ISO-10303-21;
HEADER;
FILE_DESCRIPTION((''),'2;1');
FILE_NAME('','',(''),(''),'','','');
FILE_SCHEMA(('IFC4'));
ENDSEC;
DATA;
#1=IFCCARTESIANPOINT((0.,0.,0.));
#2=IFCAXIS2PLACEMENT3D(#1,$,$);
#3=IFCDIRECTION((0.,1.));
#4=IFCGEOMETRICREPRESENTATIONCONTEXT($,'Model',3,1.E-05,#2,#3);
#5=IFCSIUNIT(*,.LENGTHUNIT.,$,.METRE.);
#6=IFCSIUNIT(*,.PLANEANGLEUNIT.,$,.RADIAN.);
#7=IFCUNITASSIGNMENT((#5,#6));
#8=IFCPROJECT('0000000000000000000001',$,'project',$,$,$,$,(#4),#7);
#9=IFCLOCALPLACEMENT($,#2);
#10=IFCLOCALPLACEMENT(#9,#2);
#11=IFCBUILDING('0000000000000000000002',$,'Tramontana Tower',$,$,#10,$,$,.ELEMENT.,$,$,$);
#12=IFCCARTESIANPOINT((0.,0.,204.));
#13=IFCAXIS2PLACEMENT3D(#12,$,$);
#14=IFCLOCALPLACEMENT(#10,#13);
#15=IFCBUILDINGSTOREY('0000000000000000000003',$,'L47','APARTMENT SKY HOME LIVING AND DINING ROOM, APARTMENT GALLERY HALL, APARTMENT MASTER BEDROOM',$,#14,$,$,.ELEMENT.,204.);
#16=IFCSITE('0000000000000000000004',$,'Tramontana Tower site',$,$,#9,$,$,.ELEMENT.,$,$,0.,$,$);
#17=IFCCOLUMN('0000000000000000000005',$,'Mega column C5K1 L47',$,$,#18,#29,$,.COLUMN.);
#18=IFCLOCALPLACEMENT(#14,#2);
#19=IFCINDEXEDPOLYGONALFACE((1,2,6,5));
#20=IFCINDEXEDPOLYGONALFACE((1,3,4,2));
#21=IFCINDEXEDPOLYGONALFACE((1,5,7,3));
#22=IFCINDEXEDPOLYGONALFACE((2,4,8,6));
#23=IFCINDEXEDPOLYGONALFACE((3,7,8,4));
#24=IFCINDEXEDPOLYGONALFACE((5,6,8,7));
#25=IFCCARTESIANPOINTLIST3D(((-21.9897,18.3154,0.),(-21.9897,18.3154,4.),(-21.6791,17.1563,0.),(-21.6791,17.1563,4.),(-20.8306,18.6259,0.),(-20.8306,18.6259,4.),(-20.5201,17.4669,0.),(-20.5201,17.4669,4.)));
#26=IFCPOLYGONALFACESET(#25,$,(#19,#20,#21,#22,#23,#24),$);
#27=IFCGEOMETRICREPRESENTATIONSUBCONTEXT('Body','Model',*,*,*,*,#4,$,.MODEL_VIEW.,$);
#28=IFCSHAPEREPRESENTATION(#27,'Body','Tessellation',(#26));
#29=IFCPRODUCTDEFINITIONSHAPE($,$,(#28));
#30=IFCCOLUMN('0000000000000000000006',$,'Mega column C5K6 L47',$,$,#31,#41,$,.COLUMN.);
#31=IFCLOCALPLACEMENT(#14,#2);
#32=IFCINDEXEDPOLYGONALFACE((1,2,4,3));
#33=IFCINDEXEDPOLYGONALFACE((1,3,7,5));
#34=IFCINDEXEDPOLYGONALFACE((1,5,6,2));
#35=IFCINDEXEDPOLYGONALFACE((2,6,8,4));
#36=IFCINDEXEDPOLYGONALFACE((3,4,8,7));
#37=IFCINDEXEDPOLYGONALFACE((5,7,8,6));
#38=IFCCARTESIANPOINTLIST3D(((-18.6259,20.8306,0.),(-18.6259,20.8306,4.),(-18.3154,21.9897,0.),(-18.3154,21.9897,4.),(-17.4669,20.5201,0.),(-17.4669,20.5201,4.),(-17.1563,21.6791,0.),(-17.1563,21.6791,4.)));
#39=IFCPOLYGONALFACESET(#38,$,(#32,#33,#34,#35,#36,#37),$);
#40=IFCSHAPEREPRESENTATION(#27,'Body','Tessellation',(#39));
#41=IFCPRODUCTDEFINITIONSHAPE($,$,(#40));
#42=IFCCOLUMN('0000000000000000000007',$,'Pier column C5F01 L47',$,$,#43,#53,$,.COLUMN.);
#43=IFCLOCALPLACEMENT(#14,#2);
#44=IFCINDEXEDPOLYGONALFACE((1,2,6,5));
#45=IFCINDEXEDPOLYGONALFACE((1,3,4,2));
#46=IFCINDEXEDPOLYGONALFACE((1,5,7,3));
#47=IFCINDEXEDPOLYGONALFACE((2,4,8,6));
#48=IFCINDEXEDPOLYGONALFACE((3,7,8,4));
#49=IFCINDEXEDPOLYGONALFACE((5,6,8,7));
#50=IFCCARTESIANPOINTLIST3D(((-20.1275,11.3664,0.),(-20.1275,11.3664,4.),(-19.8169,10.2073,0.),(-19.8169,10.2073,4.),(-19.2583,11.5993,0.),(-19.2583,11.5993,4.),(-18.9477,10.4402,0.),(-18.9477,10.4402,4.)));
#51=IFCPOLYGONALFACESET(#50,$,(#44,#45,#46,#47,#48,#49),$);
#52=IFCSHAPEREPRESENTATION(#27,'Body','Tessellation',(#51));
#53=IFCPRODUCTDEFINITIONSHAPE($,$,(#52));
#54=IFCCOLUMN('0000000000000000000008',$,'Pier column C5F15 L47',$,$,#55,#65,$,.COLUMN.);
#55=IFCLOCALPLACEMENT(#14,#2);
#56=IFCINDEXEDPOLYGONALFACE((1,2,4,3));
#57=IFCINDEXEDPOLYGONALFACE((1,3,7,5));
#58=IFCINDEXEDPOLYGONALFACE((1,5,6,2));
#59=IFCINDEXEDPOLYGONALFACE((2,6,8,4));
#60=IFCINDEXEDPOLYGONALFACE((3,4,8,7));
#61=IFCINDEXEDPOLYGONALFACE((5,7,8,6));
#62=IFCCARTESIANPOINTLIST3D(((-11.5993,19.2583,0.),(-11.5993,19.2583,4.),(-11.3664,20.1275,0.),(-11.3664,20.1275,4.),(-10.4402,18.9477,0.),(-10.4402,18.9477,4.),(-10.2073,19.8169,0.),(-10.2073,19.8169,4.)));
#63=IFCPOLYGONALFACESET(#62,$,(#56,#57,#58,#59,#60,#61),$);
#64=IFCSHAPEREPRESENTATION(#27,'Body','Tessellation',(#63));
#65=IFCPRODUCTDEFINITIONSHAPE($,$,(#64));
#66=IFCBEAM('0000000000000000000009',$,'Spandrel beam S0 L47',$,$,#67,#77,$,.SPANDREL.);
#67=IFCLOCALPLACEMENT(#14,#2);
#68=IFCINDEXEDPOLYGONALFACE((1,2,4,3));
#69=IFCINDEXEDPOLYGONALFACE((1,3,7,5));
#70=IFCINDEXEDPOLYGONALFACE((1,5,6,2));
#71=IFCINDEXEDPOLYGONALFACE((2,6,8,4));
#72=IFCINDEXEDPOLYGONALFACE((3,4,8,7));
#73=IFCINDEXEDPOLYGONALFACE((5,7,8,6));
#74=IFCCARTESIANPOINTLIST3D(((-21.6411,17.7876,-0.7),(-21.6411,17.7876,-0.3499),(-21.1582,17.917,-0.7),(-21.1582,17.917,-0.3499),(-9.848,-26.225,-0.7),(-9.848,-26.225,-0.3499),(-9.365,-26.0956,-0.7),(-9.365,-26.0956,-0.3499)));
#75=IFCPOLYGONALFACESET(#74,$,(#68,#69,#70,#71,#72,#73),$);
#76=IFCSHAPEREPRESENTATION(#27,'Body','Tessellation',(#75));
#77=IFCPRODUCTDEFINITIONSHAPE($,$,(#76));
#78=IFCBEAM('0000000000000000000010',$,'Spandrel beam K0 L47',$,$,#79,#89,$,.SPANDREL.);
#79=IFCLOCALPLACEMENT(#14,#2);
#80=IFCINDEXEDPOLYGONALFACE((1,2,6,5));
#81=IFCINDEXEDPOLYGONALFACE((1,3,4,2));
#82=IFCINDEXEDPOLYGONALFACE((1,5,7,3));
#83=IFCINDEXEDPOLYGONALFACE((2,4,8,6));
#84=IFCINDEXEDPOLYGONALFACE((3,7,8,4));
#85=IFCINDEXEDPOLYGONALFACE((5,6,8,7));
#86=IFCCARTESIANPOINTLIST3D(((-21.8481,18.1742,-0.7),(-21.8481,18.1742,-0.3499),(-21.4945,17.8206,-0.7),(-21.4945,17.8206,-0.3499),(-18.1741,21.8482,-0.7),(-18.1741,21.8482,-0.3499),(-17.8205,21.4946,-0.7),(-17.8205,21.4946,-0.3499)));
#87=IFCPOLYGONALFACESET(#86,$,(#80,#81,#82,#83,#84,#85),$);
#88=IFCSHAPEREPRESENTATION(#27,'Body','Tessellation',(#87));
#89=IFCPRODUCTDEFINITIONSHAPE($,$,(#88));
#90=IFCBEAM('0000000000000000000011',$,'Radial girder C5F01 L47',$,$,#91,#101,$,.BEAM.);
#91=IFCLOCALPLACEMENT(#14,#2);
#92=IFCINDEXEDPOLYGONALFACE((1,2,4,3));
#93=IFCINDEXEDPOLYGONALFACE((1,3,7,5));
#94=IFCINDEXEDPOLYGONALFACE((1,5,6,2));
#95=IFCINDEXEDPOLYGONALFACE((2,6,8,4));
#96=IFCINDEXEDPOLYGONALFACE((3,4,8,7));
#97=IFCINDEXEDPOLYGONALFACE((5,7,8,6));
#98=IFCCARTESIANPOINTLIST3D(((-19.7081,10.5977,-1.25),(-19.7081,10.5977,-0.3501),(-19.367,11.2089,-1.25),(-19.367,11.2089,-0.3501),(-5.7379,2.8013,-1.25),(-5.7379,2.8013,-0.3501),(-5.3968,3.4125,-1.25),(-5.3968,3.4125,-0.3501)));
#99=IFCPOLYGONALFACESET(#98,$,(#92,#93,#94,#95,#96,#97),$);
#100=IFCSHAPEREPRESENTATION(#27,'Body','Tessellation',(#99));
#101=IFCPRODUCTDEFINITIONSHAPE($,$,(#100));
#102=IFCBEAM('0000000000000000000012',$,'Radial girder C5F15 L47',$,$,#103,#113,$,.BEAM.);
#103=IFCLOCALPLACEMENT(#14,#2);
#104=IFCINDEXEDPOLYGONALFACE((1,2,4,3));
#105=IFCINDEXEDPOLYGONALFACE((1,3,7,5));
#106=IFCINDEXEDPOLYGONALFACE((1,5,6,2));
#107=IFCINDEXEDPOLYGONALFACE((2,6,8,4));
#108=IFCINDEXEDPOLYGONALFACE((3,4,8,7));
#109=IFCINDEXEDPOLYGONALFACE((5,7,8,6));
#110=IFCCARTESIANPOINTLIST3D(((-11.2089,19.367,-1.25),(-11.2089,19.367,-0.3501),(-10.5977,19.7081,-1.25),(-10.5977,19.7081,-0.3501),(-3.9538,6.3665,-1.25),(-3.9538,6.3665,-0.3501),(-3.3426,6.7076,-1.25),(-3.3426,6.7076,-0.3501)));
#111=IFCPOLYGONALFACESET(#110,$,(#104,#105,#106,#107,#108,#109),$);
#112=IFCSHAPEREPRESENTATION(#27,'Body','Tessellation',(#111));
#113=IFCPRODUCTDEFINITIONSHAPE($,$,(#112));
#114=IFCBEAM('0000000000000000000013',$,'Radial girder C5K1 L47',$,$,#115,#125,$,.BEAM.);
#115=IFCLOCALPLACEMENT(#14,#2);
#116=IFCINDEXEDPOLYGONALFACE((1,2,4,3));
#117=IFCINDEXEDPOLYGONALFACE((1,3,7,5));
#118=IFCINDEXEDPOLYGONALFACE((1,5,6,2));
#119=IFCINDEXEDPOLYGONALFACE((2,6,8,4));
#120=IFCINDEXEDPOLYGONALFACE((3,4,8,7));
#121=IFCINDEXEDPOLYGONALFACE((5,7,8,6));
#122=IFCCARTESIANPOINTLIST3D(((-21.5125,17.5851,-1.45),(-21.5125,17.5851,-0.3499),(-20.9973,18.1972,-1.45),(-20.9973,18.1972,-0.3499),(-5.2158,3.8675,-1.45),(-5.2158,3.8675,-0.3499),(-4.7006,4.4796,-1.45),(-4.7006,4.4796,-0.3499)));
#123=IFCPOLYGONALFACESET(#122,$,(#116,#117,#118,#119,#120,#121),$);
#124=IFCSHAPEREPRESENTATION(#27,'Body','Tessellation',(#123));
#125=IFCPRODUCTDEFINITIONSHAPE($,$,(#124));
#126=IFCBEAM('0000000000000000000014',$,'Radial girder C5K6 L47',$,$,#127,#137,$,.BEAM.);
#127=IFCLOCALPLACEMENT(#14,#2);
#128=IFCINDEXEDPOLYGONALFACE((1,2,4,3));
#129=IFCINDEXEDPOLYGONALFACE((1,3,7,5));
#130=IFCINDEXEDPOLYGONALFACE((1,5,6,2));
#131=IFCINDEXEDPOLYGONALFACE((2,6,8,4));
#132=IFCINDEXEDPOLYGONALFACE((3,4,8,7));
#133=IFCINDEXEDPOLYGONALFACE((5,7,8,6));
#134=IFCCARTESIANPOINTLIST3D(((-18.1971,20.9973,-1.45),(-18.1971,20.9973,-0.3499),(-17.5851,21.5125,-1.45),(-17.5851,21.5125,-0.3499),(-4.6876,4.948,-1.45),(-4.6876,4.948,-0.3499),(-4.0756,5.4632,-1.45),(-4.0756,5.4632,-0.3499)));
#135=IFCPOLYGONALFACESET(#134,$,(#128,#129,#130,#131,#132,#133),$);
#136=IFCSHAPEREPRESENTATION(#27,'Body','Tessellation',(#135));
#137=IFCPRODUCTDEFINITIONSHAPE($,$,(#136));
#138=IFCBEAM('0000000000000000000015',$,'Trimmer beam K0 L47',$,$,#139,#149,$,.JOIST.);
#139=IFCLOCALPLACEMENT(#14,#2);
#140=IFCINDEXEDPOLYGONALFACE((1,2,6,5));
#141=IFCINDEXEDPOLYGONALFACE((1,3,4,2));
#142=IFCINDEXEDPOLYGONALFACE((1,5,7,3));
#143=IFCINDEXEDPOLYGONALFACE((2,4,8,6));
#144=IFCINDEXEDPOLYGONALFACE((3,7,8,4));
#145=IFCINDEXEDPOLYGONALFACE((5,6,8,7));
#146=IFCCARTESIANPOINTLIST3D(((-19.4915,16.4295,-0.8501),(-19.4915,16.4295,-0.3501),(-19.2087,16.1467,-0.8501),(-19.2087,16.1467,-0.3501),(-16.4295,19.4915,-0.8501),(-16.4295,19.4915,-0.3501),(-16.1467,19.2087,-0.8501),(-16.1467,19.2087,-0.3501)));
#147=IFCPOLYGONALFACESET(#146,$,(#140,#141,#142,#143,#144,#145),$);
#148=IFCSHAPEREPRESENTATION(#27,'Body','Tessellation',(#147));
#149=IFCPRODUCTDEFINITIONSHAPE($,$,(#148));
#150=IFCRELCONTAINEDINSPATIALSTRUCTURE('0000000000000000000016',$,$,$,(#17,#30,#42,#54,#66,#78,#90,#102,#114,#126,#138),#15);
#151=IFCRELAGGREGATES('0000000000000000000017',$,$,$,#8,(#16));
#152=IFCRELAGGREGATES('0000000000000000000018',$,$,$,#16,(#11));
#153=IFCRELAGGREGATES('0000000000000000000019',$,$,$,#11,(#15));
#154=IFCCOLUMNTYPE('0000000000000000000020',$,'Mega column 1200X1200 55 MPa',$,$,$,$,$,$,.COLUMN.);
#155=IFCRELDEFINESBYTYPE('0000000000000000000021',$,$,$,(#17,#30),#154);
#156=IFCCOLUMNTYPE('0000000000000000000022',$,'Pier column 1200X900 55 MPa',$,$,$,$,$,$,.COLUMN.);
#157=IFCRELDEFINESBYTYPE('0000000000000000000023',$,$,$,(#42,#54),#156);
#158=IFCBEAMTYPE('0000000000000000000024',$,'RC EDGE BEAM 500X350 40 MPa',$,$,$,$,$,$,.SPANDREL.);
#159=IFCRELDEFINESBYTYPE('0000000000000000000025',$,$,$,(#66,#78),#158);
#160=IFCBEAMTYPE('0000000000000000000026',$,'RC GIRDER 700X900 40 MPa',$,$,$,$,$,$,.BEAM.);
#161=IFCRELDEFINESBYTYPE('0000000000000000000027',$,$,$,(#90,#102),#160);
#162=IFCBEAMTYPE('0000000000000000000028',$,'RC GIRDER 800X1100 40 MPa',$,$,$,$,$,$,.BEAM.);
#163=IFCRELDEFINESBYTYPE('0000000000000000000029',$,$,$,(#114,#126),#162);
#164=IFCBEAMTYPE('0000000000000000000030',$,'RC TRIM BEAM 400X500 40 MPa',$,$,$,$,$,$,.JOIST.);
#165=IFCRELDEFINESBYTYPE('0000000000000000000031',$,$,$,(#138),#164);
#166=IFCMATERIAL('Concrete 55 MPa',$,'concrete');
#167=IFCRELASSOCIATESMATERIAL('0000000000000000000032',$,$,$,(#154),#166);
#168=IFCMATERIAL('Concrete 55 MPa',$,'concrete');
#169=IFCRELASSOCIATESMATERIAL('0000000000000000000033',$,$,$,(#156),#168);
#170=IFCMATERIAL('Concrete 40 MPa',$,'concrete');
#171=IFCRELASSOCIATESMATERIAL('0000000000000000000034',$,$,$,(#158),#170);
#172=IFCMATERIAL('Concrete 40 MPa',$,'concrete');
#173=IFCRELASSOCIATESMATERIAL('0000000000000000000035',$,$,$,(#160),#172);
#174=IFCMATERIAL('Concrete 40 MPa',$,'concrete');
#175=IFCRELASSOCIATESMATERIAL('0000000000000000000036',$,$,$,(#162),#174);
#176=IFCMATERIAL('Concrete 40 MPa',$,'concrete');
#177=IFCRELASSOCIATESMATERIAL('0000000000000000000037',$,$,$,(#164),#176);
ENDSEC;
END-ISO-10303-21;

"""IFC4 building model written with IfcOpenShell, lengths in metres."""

from ifc_helpers import new_model, si_unit, direction, frame, origin, origin_2d, place, context, subcontext, project, spatial, rectangle, extrude, material, material_profile, profile_set, type_object, element, save


model = new_model("IFC4")

# Units and contexts
model_context = context("Model", 3, precision=1e-05, world=origin(), true_north=direction((0.0, 1.0)))
body_context = subcontext(model_context, "Body", "Model", "MODEL_VIEW")
ifc_project = project(units=[si_unit("LENGTHUNIT", "METRE"), si_unit("PLANEANGLEUNIT", "RADIAN")], contexts=[model_context])

# Site, building, storey
site_placement = place(None, origin())
site = spatial("IfcSite", under=ifc_project, at=site_placement, Name="Tramontana Tower site", CompositionType="ELEMENT", RefElevation=0.0)
building_placement = place(site_placement, origin())
building = spatial("IfcBuilding", under=site, at=building_placement, Name="Tramontana Tower", CompositionType="ELEMENT")
storey_placement = place(building_placement, frame((0.0, 0.0, 204.0)))
storey = spatial("IfcBuildingStorey", under=building, at=storey_placement, Name="L47", Description="APARTMENT SKY HOME LIVING AND DINING ROOM, APARTMENT GALLERY HALL, APARTMENT MASTER BEDROOM", CompositionType="ELEMENT", Elevation=204.0)

# Columns
ifc_material_1 = material(Name="Concrete 55 MPa", Category="concrete")
ifc_material_profile_1 = material_profile(ifc_material_1, rectangle(XDim=1.2, YDim=1.2, at=origin_2d()), Name="Mega column 1200X1200 55 MPa")
ifc_profile_set_1 = profile_set([ifc_material_profile_1], Name="Concrete 55 MPa")
column_type_1 = type_object("IfcColumnType", Name="Mega column 1200X1200 55 MPa", PredefinedType="COLUMN", material=ifc_profile_set_1)
for number, where, z_axis, x_axis, name in (
    (1, (-21.2549, 17.8911, 0.0), (0.0, 0.0, 1.0), (0.258819, -0.965926, 0.0), "Mega column C5K1 L47"),
    (2, (-17.8911, 21.2549, 0.0), (0.0, 0.0, 1.0), (-0.965926, 0.258819, 0.0), "Mega column C5K6 L47"),
):
    element("IfcColumn", number, at=place(storey_placement, frame(where, z_axis=z_axis, x_axis=x_axis)), inside=storey, type_object=column_type_1, Name=name, PredefinedType="COLUMN", context=body_context, shape_type="SweptSolid", body=[
        extrude(rectangle(XDim=1.2, YDim=1.2, at=origin_2d()), origin(), (0.0, 0.0, 1.0), 4.0),
    ])
ifc_material_2 = material(Name="Concrete 55 MPa", Category="concrete")
ifc_material_profile_2 = material_profile(ifc_material_2, rectangle(XDim=1.2, YDim=0.8999, at=origin_2d()), Name="Pier column 1200X900 55 MPa")
ifc_profile_set_2 = profile_set([ifc_material_profile_2], Name="Concrete 55 MPa")
column_type_2 = type_object("IfcColumnType", Name="Pier column 1200X900 55 MPa", PredefinedType="COLUMN", material=ifc_profile_set_2)
for number, where, z_axis, x_axis, name in (
    (3, (-19.5376, 10.9033, 0.0), (0.0, 0.0, 1.0), (0.258819, -0.965926, 0.0), "Pier column C5F01 L47"),
    (4, (-10.9033, 19.5376, 0.0), (0.0, 0.0, 1.0), (-0.965926, 0.258819, 0.0), "Pier column C5F15 L47"),
):
    element("IfcColumn", number, at=place(storey_placement, frame(where, z_axis=z_axis, x_axis=x_axis)), inside=storey, type_object=column_type_2, Name=name, PredefinedType="COLUMN", context=body_context, shape_type="SweptSolid", body=[
        extrude(rectangle(XDim=1.2, YDim=0.8999, at=origin_2d()), origin(), (0.0, 0.0, 1.0), 4.0),
    ])

# Beams
ifc_material_3 = material(Name="Concrete 40 MPa", Category="concrete")
ifc_material_profile_3 = material_profile(ifc_material_3, rectangle(XDim=0.5, YDim=0.3501, at=origin_2d()), Name="RC EDGE BEAM 500X350 40 MPa")
ifc_profile_set_3 = profile_set([ifc_material_profile_3], Name="Concrete 40 MPa")
beam_type_1 = type_object("IfcBeamType", Name="RC EDGE BEAM 500X350 40 MPa", PredefinedType="SPANDREL", material=ifc_profile_set_3)
beam_1_placement = place(storey_placement, frame((-21.3997, 17.8523, -0.5249), z_axis=(0.25882, -0.965926, 0.0), x_axis=(0.965926, 0.25882, 0.0)))
element("IfcBeam", 5, at=beam_1_placement, inside=storey, type_object=beam_type_1, Name="Spandrel beam S0 L47", PredefinedType="SPANDREL", context=body_context, shape_type="SweptSolid", body=[
    extrude(rectangle(XDim=0.5, YDim=0.3501, at=origin_2d()), origin(), (0.0, 0.0, 1.0), 45.5652),
])
beam_2_placement = place(storey_placement, frame((-17.9973, 21.6714, -0.5249), z_axis=(-0.707107, -0.707107, 0.0), x_axis=(0.707107, -0.707107, 0.0)))
element("IfcBeam", 6, at=beam_2_placement, inside=storey, type_object=beam_type_1, Name="Spandrel beam K0 L47", PredefinedType="SPANDREL", context=body_context, shape_type="SweptSolid", body=[
    extrude(rectangle(XDim=0.5, YDim=0.3501, at=origin_2d()), origin(), (0.0, 0.0, 1.0), 5.1958),
])
ifc_material_4 = material(Name="Concrete 40 MPa", Category="concrete")
ifc_material_profile_4 = material_profile(ifc_material_4, rectangle(XDim=0.7, YDim=0.8999, at=origin_2d()), Name="RC GIRDER 700X900 40 MPa")
ifc_profile_set_4 = profile_set([ifc_material_profile_4], Name="Concrete 40 MPa")
beam_type_2 = type_object("IfcBeamType", Name="RC GIRDER 700X900 40 MPa", PredefinedType="BEAM", material=ifc_profile_set_4)
beam_3_placement = place(storey_placement, frame((-19.5376, 10.9033, -0.8), z_axis=(0.873223, -0.487321, 0.0), x_axis=(0.487321, 0.873223, 0.0)))
element("IfcBeam", 7, at=beam_3_placement, inside=storey, type_object=beam_type_2, Name="Radial girder C5F01 L47", PredefinedType="BEAM", context=body_context, shape_type="SweptSolid", body=[
    extrude(rectangle(XDim=0.7, YDim=0.8999, at=origin_2d()), origin(), (0.0, 0.0, 1.0), 15.9985),
])
beam_4_placement = place(storey_placement, frame((-10.9033, 19.5376, -0.8), z_axis=(0.487317, -0.873225, 0.0), x_axis=(0.873225, 0.487317, 0.0)))
element("IfcBeam", 8, at=beam_4_placement, inside=storey, type_object=beam_type_2, Name="Radial girder C5F15 L47", PredefinedType="BEAM", context=body_context, shape_type="SweptSolid", body=[
    extrude(rectangle(XDim=0.7, YDim=0.8999, at=origin_2d()), origin(), (0.0, 0.0, 1.0), 14.8879),
])
ifc_material_5 = material(Name="Concrete 40 MPa", Category="concrete")
ifc_material_profile_5 = material_profile(ifc_material_5, rectangle(XDim=0.8, YDim=1.1001, at=origin_2d()), Name="RC GIRDER 800X1100 40 MPa")
ifc_profile_set_5 = profile_set([ifc_material_profile_5], Name="Concrete 40 MPa")
beam_type_3 = type_object("IfcBeamType", Name="RC GIRDER 800X1100 40 MPa", PredefinedType="BEAM", material=ifc_profile_set_5)
beam_5_placement = place(storey_placement, frame((-21.2549, 17.8911, -0.8999), z_axis=(0.765049, -0.643972, 0.0), x_axis=(0.643972, 0.765049, 0.0)))
element("IfcBeam", 9, at=beam_5_placement, inside=storey, type_object=beam_type_3, Name="Radial girder C5K1 L47", PredefinedType="BEAM", context=body_context, shape_type="SweptSolid", body=[
    extrude(rectangle(XDim=0.8, YDim=1.1001, at=origin_2d()), origin(), (0.0, 0.0, 1.0), 21.3015),
])
beam_6_placement = place(storey_placement, frame((-17.8911, 21.2549, -0.8999), z_axis=(0.643977, -0.765045, 0.0), x_axis=(0.765045, 0.643977, 0.0)))
element("IfcBeam", 10, at=beam_6_placement, inside=storey, type_object=beam_type_3, Name="Radial girder C5K6 L47", PredefinedType="BEAM", context=body_context, shape_type="SweptSolid", body=[
    extrude(rectangle(XDim=0.8, YDim=1.1001, at=origin_2d()), origin(), (0.0, 0.0, 1.0), 20.9783),
])
ifc_material_6 = material(Name="Concrete 40 MPa", Category="concrete")
ifc_material_profile_6 = material_profile(ifc_material_6, rectangle(XDim=0.3999, YDim=0.5, at=origin_2d()), Name="RC TRIM BEAM 400X500 40 MPa")
ifc_profile_set_6 = profile_set([ifc_material_profile_6], Name="Concrete 40 MPa")
beam_type_4 = type_object("IfcBeamType", Name="RC TRIM BEAM 400X500 40 MPa", PredefinedType="JOIST", material=ifc_profile_set_6)
beam_7_placement = place(storey_placement, frame((-16.2881, 19.3501, -0.6001), z_axis=(-0.707107, -0.707107, 0.0), x_axis=(0.707107, -0.707107, 0.0)))
element("IfcBeam", 11, at=beam_7_placement, inside=storey, type_object=beam_type_4, Name="Trimmer beam K0 L47", PredefinedType="JOIST", context=body_context, shape_type="SweptSolid", body=[
    extrude(rectangle(XDim=0.3999, YDim=0.5, at=origin_2d()), origin(), (0.0, 0.0, 1.0), 4.3303),
])

save(model, "model.ifc")
